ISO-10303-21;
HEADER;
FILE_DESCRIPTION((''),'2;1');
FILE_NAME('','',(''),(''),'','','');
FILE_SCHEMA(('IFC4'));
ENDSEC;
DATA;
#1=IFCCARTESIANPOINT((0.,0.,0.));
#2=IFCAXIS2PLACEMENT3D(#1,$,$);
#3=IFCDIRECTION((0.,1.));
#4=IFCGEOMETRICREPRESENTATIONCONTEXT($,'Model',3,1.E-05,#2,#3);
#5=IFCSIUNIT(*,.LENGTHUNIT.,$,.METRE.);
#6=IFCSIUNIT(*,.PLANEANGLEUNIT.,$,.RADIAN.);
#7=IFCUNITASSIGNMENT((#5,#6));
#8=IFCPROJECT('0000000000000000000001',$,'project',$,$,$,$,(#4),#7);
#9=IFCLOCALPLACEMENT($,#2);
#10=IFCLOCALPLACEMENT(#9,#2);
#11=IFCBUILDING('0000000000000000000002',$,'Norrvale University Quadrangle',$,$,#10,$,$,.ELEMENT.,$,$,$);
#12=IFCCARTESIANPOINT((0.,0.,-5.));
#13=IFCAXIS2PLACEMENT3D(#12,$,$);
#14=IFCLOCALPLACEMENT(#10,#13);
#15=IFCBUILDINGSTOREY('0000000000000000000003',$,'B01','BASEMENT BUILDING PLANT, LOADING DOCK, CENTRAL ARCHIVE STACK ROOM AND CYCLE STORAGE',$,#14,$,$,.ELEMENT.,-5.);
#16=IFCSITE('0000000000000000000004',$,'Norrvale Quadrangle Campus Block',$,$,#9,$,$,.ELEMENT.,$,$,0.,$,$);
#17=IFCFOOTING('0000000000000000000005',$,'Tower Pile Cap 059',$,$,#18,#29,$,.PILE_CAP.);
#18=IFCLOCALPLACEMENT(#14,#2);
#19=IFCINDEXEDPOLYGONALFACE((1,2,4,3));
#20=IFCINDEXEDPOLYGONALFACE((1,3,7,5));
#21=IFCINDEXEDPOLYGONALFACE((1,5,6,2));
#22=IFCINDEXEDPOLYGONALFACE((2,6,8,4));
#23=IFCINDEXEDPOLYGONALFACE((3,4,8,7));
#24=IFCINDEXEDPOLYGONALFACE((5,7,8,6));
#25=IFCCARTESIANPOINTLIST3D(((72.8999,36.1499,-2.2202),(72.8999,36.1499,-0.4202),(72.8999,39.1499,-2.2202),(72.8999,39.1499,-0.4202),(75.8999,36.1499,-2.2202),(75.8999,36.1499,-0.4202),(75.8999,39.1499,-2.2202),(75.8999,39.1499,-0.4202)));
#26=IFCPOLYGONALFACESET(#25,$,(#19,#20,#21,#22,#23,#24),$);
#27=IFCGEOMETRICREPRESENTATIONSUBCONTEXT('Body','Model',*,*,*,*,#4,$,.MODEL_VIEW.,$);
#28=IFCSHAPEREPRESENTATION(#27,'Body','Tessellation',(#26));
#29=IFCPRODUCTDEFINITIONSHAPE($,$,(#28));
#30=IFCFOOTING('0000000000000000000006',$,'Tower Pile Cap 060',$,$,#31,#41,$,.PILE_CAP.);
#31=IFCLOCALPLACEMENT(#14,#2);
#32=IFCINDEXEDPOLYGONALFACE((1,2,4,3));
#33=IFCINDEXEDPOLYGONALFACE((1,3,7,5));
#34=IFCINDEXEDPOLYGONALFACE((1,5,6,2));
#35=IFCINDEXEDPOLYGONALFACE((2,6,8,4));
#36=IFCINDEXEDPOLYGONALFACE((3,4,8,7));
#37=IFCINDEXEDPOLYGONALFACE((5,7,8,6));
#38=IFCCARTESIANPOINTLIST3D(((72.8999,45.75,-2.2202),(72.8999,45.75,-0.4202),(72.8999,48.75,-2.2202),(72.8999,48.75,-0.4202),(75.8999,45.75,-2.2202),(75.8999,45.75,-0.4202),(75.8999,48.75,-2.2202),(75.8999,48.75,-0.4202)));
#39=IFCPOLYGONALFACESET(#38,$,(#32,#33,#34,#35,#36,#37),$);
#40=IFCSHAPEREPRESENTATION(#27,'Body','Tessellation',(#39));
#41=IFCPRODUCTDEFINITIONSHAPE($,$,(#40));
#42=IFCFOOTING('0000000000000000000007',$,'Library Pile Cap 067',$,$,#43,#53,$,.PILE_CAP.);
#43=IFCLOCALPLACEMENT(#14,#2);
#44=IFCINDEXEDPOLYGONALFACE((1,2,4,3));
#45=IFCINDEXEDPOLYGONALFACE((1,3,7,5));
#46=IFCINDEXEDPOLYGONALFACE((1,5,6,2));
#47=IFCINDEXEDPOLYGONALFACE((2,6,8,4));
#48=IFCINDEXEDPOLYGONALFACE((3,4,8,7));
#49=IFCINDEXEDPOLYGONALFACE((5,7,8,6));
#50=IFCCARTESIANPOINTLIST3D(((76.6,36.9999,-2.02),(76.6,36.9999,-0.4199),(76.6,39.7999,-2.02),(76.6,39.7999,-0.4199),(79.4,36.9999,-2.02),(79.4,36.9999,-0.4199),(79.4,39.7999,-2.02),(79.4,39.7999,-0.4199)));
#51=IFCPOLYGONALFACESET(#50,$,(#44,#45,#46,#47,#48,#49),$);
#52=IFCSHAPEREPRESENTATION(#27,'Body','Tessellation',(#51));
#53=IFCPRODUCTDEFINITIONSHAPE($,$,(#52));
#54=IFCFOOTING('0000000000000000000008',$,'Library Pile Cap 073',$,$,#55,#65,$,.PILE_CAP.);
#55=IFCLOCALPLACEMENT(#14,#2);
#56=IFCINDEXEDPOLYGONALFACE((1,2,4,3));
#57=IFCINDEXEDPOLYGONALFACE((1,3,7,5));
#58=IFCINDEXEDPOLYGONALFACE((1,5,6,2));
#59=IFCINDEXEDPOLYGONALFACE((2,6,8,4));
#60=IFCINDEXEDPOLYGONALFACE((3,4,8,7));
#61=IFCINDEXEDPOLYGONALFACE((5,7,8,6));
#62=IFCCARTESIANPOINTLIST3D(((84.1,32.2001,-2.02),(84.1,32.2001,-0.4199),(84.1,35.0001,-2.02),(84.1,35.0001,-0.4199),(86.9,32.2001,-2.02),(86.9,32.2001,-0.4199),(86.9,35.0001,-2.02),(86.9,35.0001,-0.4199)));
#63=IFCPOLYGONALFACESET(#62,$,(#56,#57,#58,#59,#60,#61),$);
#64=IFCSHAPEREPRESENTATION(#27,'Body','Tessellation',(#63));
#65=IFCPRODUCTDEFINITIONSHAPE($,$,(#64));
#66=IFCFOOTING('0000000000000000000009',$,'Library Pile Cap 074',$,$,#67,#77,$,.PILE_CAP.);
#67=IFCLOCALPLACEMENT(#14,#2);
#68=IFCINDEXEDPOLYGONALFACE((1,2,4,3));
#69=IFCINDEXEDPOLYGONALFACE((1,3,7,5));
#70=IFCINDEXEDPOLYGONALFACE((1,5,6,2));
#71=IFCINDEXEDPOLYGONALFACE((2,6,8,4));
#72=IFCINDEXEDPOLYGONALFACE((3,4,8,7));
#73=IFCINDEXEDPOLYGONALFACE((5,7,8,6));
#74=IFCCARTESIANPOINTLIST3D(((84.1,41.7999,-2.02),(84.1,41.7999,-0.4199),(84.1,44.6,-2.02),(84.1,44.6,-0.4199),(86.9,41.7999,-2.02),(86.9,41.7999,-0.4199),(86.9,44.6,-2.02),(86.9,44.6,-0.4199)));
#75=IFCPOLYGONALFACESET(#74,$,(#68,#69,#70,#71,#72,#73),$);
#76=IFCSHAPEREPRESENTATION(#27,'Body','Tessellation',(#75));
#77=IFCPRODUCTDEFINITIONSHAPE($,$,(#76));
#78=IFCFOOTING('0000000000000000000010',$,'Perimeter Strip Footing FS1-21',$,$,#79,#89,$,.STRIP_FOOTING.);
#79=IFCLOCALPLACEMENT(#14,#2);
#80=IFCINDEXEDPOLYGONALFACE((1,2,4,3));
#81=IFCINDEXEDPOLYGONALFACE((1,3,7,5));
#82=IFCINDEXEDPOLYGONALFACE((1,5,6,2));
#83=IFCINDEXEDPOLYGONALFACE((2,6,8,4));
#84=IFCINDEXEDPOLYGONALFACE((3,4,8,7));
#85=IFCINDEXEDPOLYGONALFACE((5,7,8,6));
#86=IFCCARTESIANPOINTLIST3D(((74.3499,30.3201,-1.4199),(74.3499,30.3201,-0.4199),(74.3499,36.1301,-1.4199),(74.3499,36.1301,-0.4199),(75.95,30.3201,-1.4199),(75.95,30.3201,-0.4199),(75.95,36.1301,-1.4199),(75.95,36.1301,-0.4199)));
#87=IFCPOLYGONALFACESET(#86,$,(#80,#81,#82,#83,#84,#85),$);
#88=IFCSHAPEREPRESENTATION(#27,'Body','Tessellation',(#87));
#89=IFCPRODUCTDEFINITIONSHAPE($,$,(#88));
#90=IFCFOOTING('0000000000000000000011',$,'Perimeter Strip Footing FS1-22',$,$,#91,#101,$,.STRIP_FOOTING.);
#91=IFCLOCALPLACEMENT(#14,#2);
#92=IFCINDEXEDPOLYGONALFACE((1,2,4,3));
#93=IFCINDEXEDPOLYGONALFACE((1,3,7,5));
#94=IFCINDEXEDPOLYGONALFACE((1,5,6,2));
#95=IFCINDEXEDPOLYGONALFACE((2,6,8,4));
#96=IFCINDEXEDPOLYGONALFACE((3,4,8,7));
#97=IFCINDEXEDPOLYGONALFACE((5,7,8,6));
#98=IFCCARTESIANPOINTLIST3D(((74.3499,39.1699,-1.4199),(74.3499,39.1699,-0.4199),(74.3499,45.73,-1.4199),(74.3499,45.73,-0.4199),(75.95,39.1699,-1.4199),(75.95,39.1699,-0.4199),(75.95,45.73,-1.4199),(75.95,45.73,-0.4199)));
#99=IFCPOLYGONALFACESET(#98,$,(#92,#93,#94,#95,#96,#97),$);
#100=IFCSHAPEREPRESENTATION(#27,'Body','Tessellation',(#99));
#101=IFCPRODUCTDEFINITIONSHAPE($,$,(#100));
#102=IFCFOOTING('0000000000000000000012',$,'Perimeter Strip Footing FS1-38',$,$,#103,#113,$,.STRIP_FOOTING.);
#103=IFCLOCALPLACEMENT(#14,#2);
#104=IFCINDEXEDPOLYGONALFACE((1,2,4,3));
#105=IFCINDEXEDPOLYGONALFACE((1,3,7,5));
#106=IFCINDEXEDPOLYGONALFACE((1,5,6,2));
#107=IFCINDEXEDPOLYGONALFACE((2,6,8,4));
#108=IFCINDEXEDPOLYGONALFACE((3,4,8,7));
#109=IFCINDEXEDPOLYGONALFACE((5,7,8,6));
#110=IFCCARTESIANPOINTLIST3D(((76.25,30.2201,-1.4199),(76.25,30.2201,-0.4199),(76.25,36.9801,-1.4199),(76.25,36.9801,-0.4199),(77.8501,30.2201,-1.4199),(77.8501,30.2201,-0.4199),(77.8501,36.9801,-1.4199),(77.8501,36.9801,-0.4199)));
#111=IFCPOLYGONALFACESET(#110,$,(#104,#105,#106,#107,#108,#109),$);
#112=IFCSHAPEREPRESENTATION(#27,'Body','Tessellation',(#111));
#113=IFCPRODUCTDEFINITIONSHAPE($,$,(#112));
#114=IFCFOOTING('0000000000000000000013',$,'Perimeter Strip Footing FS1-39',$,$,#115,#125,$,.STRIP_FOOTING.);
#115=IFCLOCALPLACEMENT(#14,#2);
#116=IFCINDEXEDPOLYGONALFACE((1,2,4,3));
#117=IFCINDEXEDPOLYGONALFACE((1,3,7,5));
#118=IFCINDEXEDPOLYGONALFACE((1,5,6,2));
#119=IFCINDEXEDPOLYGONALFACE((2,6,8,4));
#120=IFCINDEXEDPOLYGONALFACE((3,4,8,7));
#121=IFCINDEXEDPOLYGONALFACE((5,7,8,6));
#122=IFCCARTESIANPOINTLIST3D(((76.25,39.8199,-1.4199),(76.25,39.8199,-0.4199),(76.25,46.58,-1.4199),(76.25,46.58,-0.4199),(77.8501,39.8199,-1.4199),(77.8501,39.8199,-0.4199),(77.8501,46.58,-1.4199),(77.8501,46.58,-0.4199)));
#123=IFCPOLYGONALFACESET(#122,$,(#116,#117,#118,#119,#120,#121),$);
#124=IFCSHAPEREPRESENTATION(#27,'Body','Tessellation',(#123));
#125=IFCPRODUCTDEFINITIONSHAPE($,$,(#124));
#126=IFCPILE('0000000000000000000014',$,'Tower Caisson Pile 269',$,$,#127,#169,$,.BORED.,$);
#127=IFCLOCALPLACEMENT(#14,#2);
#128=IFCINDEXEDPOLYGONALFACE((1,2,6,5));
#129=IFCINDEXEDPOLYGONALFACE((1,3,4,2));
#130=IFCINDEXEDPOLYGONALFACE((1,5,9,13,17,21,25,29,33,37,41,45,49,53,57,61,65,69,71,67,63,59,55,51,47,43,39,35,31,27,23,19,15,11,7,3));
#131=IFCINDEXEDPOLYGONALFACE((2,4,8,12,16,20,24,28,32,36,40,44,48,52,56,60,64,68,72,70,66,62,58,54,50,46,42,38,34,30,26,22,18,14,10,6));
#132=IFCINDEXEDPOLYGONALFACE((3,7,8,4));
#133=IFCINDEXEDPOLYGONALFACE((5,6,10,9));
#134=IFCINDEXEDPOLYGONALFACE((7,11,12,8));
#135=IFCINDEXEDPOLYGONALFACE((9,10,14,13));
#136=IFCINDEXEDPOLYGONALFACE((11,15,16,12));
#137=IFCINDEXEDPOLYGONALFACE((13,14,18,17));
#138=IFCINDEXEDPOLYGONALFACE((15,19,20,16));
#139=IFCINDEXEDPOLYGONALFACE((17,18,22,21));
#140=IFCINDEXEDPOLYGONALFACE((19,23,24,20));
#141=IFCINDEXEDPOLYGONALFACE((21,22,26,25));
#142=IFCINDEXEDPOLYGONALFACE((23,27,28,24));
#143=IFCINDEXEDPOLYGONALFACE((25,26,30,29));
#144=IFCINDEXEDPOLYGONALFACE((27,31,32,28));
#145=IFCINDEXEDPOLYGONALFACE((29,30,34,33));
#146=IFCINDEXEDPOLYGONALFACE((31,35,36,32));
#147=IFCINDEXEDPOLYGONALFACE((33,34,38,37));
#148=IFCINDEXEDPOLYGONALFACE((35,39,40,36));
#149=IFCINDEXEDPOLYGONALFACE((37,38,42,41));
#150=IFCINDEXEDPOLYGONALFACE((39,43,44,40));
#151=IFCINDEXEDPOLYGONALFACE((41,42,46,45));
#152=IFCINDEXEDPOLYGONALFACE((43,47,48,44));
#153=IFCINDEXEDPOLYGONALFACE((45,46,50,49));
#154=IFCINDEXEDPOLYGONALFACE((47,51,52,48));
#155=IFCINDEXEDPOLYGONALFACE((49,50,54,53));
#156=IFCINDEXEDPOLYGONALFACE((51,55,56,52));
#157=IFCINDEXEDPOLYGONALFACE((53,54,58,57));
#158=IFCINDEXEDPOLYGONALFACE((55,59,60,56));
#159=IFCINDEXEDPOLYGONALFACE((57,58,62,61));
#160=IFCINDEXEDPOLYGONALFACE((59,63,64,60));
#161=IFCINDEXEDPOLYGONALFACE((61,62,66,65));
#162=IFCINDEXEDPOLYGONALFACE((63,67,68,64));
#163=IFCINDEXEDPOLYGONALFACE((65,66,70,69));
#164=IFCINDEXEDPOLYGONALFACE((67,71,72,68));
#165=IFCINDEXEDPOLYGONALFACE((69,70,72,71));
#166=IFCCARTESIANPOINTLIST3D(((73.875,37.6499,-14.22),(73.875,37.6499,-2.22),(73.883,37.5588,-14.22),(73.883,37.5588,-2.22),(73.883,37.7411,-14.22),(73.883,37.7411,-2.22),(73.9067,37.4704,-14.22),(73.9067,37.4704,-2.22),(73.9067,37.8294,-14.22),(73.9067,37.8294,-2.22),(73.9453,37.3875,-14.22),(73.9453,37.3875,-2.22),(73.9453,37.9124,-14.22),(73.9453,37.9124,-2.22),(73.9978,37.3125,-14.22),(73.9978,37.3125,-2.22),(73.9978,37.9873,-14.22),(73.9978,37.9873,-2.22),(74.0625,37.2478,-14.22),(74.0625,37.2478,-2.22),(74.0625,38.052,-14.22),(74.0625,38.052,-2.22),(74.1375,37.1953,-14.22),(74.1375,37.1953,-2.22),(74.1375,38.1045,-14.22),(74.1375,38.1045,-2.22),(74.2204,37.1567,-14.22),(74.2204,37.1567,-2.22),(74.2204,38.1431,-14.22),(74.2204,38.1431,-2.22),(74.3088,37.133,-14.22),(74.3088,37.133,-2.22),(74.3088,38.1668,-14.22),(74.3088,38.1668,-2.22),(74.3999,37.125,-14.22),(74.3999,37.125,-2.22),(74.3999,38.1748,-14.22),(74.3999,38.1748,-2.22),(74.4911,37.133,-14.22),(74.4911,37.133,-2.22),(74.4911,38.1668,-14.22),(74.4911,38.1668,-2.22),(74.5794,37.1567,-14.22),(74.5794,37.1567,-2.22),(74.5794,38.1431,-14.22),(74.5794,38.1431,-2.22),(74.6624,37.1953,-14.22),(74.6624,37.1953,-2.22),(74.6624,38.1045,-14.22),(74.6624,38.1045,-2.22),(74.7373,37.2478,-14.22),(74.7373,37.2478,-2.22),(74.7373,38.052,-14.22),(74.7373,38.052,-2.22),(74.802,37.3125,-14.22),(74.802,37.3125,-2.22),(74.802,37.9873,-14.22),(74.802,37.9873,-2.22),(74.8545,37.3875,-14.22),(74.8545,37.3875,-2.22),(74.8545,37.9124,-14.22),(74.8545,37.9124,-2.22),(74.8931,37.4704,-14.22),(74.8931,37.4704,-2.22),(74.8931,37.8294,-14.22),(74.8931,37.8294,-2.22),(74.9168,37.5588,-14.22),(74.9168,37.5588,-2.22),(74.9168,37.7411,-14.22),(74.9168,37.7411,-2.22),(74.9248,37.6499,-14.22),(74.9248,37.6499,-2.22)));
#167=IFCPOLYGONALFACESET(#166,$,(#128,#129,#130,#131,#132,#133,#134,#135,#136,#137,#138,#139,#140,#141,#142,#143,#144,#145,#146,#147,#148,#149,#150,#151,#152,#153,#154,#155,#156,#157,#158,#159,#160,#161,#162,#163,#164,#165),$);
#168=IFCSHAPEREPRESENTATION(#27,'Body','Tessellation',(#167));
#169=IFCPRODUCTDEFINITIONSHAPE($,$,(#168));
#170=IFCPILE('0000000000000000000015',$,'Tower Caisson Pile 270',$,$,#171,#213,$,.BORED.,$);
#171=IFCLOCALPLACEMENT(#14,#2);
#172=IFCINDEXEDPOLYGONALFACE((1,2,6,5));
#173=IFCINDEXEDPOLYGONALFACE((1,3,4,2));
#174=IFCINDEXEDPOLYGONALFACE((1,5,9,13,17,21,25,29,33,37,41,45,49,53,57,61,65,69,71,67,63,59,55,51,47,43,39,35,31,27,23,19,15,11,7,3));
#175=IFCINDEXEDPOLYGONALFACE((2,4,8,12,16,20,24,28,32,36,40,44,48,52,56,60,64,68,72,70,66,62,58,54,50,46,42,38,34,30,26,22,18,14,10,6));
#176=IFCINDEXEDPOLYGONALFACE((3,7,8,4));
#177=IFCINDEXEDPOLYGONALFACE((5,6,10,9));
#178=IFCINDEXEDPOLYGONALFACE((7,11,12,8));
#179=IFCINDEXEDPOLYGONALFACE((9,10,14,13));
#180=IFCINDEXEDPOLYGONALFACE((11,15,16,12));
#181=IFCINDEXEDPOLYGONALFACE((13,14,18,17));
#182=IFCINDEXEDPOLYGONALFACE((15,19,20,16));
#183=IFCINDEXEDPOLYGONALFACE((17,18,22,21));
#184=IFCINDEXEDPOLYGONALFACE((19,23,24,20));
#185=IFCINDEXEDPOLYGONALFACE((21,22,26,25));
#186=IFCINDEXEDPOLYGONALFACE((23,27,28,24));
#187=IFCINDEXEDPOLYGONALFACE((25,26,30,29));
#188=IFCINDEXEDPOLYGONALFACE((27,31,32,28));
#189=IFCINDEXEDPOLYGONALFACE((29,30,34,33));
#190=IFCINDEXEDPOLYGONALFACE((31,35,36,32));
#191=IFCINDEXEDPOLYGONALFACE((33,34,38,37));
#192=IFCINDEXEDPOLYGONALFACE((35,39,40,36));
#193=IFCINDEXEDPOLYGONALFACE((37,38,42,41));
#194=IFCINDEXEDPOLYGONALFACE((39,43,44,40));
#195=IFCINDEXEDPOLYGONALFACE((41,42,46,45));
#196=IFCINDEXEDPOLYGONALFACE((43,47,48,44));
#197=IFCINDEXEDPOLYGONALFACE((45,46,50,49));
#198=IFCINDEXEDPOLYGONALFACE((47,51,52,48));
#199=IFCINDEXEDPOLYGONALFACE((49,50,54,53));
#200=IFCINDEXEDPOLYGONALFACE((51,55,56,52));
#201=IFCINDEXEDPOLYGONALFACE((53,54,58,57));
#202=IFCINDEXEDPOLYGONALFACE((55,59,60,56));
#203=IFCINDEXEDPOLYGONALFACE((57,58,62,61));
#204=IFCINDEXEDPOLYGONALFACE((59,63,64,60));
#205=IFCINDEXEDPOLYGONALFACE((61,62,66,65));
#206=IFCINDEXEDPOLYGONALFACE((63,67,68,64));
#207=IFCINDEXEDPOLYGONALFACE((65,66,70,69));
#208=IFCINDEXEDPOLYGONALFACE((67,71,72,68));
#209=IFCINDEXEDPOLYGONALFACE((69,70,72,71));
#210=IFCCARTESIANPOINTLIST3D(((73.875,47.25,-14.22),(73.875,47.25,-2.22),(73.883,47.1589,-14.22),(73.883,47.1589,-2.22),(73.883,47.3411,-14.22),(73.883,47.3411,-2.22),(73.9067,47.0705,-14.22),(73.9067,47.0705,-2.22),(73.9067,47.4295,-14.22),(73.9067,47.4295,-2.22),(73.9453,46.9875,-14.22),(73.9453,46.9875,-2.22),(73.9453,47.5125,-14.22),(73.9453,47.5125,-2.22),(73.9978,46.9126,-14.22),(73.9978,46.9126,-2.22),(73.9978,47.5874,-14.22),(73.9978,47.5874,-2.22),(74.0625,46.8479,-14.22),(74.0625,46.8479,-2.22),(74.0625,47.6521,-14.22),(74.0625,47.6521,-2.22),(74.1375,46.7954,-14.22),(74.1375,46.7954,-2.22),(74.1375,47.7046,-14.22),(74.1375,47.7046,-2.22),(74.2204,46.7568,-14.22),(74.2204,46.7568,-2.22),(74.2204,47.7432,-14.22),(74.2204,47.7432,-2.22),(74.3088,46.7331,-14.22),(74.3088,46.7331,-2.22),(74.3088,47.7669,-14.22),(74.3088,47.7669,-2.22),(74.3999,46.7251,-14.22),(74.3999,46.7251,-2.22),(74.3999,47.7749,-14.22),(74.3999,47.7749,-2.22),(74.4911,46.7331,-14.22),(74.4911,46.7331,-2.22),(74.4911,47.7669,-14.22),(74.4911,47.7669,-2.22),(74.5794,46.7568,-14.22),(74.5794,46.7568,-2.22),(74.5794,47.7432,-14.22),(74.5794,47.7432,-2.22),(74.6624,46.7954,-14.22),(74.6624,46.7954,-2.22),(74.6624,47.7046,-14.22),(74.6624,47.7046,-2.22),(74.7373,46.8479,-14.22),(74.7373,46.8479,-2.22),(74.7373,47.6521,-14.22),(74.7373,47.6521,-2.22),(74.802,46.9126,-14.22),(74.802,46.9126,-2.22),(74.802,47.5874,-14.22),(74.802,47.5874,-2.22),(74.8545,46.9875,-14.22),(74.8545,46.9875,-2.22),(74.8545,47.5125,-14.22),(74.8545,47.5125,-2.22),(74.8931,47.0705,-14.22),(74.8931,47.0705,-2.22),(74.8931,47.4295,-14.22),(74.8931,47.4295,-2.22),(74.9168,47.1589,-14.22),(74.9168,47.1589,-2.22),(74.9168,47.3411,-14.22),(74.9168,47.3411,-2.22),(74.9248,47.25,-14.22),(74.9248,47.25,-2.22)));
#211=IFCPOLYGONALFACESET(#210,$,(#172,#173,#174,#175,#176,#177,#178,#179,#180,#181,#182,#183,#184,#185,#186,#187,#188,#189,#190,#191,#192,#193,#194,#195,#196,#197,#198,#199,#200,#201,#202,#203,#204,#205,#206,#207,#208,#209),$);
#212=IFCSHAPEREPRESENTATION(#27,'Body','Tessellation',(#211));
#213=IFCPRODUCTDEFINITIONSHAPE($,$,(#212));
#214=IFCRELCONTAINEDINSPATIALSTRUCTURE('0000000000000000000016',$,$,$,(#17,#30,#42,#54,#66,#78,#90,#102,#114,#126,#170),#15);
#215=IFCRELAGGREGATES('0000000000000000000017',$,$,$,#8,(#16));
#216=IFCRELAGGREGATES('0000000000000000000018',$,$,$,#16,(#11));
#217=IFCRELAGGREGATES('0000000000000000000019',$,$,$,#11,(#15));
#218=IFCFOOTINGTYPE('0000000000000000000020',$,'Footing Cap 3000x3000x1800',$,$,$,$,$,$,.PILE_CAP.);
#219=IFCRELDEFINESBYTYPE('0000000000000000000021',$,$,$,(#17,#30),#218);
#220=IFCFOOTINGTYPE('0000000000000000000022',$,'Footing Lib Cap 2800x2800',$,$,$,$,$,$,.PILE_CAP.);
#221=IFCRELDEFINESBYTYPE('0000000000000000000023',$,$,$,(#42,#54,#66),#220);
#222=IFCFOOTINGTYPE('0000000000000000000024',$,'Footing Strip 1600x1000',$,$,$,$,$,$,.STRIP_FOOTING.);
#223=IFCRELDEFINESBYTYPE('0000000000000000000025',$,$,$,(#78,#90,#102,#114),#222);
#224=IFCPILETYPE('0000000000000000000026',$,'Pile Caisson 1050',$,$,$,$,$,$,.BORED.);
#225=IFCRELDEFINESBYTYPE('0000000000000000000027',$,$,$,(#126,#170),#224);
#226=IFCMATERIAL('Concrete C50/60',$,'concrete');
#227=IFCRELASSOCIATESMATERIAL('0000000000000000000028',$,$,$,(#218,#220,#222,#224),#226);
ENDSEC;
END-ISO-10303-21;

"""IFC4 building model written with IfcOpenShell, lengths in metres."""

from ifc_helpers import new_model, si_unit, direction, frame, origin, origin_2d, place, context, subcontext, project, spatial, rectangle, circle, extrude, material, material_profile, profile_set, type_object, element, save


model = new_model("IFC4")

# Units and contexts
model_context = context("Model", 3, precision=1e-05, world=origin(), true_north=direction((0.0, 1.0)))
body_context = subcontext(model_context, "Body", "Model", "MODEL_VIEW")
ifc_project = project(units=[si_unit("LENGTHUNIT", "METRE"), si_unit("PLANEANGLEUNIT", "RADIAN")], contexts=[model_context])

# Site, building, storey
site_placement = place(None, origin())
site = spatial("IfcSite", under=ifc_project, at=site_placement, Name="Norrvale Quadrangle Campus Block", CompositionType="ELEMENT", RefElevation=0.0)
building_placement = place(site_placement, origin())
building = spatial("IfcBuilding", under=site, at=building_placement, Name="Norrvale University Quadrangle", CompositionType="ELEMENT")
storey_placement = place(building_placement, frame((0.0, 0.0, -5.0)))
storey = spatial("IfcBuildingStorey", under=building, at=storey_placement, Name="B01", Description="BASEMENT BUILDING PLANT, LOADING DOCK, CENTRAL ARCHIVE STACK ROOM AND CYCLE STORAGE", CompositionType="ELEMENT", Elevation=-5.0)

# Footings
ifc_material_1 = material(Name="Concrete C50/60", Category="concrete")
footing_type_1 = type_object("IfcFootingType", Name="Footing Cap 3000x3000x1800", PredefinedType="PILE_CAP", material=ifc_material_1)
for number, where, z_axis, x_axis, name in (
    (1, (74.3999, 37.6499, -2.2202), (0.0, 0.0, 1.0), (1.0, 0.0, 0.0), "Tower Pile Cap 059"),
    (2, (74.3999, 47.25, -2.2202), (0.0, 0.0, 1.0), (1.0, 0.0, 0.0), "Tower Pile Cap 060"),
):
    element("IfcFooting", number, at=place(storey_placement, frame(where, z_axis=z_axis, x_axis=x_axis)), inside=storey, type_object=footing_type_1, Name=name, PredefinedType="PILE_CAP", context=body_context, shape_type="SweptSolid", body=[
        extrude(rectangle(XDim=3.0, YDim=3.0, at=origin_2d()), origin(), (0.0, 0.0, 1.0), 1.8),
    ])
footing_type_2 = type_object("IfcFootingType", Name="Footing Lib Cap 2800x2800", PredefinedType="PILE_CAP", material=ifc_material_1)
for number, where, z_axis, x_axis, name in (
    (3, (78.0, 38.3999, -2.02), (0.0, 0.0, 1.0), (1.0, 0.0, 0.0), "Library Pile Cap 067"),
    (4, (85.5, 33.6001, -2.02), (0.0, 0.0, 1.0), (1.0, 0.0, 0.0), "Library Pile Cap 073"),
    (5, (85.5, 43.2, -2.02), (0.0, 0.0, 1.0), (1.0, 0.0, 0.0), "Library Pile Cap 074"),
):
    element("IfcFooting", number, at=place(storey_placement, frame(where, z_axis=z_axis, x_axis=x_axis)), inside=storey, type_object=footing_type_2, Name=name, PredefinedType="PILE_CAP", context=body_context, shape_type="SweptSolid", body=[
        extrude(rectangle(XDim=2.8, YDim=2.8, at=origin_2d()), origin(), (0.0, 0.0, 1.0), 1.6001),
    ])
footing_type_3 = type_object("IfcFootingType", Name="Footing Strip 1600x1000", PredefinedType="STRIP_FOOTING", material=ifc_material_1)
footing_1_placement = place(storey_placement, frame((75.1499, 33.2251, -1.4199), z_axis=(0.0, 0.0, 1.0), x_axis=(0.0, 1.0, 0.0)))
element("IfcFooting", 6, at=footing_1_placement, inside=storey, type_object=footing_type_3, Name="Perimeter Strip Footing FS1-21", PredefinedType="STRIP_FOOTING", context=body_context, shape_type="SweptSolid", body=[
    extrude(rectangle(XDim=5.8101, YDim=1.6001, at=origin_2d()), origin(), (0.0, 0.0, 1.0), 1.0),
])
footing_2_placement = place(storey_placement, frame((75.1499, 42.45, -1.4199), z_axis=(0.0, 0.0, 1.0), x_axis=(0.0, 1.0, 0.0)))
element("IfcFooting", 7, at=footing_2_placement, inside=storey, type_object=footing_type_3, Name="Perimeter Strip Footing FS1-22", PredefinedType="STRIP_FOOTING", context=body_context, shape_type="SweptSolid", body=[
    extrude(rectangle(XDim=6.5601, YDim=1.6001, at=origin_2d()), origin(), (0.0, 0.0, 1.0), 1.0),
])
for number, where, z_axis, x_axis, name in (
    (8, (77.05, 33.6001, -1.4199), (0.0, 0.0, 1.0), (0.0, 1.0, 0.0), "Perimeter Strip Footing FS1-38"),
    (9, (77.05, 43.2, -1.4199), (0.0, 0.0, 1.0), (0.0, 1.0, 0.0), "Perimeter Strip Footing FS1-39"),
):
    element("IfcFooting", number, at=place(storey_placement, frame(where, z_axis=z_axis, x_axis=x_axis)), inside=storey, type_object=footing_type_3, Name=name, PredefinedType="STRIP_FOOTING", context=body_context, shape_type="SweptSolid", body=[
        extrude(rectangle(XDim=6.76, YDim=1.6001, at=origin_2d()), origin(), (0.0, 0.0, 1.0), 1.0),
    ])

# Piles
ifc_material_profile_1 = material_profile(ifc_material_1, circle(Radius=0.5249, at=origin_2d()), Name="Concrete C50/60")
ifc_profile_set_1 = profile_set([ifc_material_profile_1], Name="Concrete C50/60")
pile_type_1 = type_object("IfcPileType", Name="Pile Caisson 1050", PredefinedType="BORED", material=ifc_profile_set_1)
for number, where, z_axis, x_axis, name in (
    (10, (74.3999, 37.6499, -2.22), (0.0, 0.0, -1.0), (1.0, 0.0, 0.0), "Tower Caisson Pile 269"),
    (11, (74.3999, 47.25, -2.22), (0.0, 0.0, -1.0), (1.0, 0.0, 0.0), "Tower Caisson Pile 270"),
):
    element("IfcPile", number, at=place(storey_placement, frame(where, z_axis=z_axis, x_axis=x_axis)), inside=storey, type_object=pile_type_1, Name=name, PredefinedType="BORED", context=body_context, shape_type="SweptSolid", body=[
        extrude(circle(Radius=0.5249, at=origin_2d()), origin(), (0.0, 0.0, 1.0), 12.0),
    ])

save(model, "model.ifc")
